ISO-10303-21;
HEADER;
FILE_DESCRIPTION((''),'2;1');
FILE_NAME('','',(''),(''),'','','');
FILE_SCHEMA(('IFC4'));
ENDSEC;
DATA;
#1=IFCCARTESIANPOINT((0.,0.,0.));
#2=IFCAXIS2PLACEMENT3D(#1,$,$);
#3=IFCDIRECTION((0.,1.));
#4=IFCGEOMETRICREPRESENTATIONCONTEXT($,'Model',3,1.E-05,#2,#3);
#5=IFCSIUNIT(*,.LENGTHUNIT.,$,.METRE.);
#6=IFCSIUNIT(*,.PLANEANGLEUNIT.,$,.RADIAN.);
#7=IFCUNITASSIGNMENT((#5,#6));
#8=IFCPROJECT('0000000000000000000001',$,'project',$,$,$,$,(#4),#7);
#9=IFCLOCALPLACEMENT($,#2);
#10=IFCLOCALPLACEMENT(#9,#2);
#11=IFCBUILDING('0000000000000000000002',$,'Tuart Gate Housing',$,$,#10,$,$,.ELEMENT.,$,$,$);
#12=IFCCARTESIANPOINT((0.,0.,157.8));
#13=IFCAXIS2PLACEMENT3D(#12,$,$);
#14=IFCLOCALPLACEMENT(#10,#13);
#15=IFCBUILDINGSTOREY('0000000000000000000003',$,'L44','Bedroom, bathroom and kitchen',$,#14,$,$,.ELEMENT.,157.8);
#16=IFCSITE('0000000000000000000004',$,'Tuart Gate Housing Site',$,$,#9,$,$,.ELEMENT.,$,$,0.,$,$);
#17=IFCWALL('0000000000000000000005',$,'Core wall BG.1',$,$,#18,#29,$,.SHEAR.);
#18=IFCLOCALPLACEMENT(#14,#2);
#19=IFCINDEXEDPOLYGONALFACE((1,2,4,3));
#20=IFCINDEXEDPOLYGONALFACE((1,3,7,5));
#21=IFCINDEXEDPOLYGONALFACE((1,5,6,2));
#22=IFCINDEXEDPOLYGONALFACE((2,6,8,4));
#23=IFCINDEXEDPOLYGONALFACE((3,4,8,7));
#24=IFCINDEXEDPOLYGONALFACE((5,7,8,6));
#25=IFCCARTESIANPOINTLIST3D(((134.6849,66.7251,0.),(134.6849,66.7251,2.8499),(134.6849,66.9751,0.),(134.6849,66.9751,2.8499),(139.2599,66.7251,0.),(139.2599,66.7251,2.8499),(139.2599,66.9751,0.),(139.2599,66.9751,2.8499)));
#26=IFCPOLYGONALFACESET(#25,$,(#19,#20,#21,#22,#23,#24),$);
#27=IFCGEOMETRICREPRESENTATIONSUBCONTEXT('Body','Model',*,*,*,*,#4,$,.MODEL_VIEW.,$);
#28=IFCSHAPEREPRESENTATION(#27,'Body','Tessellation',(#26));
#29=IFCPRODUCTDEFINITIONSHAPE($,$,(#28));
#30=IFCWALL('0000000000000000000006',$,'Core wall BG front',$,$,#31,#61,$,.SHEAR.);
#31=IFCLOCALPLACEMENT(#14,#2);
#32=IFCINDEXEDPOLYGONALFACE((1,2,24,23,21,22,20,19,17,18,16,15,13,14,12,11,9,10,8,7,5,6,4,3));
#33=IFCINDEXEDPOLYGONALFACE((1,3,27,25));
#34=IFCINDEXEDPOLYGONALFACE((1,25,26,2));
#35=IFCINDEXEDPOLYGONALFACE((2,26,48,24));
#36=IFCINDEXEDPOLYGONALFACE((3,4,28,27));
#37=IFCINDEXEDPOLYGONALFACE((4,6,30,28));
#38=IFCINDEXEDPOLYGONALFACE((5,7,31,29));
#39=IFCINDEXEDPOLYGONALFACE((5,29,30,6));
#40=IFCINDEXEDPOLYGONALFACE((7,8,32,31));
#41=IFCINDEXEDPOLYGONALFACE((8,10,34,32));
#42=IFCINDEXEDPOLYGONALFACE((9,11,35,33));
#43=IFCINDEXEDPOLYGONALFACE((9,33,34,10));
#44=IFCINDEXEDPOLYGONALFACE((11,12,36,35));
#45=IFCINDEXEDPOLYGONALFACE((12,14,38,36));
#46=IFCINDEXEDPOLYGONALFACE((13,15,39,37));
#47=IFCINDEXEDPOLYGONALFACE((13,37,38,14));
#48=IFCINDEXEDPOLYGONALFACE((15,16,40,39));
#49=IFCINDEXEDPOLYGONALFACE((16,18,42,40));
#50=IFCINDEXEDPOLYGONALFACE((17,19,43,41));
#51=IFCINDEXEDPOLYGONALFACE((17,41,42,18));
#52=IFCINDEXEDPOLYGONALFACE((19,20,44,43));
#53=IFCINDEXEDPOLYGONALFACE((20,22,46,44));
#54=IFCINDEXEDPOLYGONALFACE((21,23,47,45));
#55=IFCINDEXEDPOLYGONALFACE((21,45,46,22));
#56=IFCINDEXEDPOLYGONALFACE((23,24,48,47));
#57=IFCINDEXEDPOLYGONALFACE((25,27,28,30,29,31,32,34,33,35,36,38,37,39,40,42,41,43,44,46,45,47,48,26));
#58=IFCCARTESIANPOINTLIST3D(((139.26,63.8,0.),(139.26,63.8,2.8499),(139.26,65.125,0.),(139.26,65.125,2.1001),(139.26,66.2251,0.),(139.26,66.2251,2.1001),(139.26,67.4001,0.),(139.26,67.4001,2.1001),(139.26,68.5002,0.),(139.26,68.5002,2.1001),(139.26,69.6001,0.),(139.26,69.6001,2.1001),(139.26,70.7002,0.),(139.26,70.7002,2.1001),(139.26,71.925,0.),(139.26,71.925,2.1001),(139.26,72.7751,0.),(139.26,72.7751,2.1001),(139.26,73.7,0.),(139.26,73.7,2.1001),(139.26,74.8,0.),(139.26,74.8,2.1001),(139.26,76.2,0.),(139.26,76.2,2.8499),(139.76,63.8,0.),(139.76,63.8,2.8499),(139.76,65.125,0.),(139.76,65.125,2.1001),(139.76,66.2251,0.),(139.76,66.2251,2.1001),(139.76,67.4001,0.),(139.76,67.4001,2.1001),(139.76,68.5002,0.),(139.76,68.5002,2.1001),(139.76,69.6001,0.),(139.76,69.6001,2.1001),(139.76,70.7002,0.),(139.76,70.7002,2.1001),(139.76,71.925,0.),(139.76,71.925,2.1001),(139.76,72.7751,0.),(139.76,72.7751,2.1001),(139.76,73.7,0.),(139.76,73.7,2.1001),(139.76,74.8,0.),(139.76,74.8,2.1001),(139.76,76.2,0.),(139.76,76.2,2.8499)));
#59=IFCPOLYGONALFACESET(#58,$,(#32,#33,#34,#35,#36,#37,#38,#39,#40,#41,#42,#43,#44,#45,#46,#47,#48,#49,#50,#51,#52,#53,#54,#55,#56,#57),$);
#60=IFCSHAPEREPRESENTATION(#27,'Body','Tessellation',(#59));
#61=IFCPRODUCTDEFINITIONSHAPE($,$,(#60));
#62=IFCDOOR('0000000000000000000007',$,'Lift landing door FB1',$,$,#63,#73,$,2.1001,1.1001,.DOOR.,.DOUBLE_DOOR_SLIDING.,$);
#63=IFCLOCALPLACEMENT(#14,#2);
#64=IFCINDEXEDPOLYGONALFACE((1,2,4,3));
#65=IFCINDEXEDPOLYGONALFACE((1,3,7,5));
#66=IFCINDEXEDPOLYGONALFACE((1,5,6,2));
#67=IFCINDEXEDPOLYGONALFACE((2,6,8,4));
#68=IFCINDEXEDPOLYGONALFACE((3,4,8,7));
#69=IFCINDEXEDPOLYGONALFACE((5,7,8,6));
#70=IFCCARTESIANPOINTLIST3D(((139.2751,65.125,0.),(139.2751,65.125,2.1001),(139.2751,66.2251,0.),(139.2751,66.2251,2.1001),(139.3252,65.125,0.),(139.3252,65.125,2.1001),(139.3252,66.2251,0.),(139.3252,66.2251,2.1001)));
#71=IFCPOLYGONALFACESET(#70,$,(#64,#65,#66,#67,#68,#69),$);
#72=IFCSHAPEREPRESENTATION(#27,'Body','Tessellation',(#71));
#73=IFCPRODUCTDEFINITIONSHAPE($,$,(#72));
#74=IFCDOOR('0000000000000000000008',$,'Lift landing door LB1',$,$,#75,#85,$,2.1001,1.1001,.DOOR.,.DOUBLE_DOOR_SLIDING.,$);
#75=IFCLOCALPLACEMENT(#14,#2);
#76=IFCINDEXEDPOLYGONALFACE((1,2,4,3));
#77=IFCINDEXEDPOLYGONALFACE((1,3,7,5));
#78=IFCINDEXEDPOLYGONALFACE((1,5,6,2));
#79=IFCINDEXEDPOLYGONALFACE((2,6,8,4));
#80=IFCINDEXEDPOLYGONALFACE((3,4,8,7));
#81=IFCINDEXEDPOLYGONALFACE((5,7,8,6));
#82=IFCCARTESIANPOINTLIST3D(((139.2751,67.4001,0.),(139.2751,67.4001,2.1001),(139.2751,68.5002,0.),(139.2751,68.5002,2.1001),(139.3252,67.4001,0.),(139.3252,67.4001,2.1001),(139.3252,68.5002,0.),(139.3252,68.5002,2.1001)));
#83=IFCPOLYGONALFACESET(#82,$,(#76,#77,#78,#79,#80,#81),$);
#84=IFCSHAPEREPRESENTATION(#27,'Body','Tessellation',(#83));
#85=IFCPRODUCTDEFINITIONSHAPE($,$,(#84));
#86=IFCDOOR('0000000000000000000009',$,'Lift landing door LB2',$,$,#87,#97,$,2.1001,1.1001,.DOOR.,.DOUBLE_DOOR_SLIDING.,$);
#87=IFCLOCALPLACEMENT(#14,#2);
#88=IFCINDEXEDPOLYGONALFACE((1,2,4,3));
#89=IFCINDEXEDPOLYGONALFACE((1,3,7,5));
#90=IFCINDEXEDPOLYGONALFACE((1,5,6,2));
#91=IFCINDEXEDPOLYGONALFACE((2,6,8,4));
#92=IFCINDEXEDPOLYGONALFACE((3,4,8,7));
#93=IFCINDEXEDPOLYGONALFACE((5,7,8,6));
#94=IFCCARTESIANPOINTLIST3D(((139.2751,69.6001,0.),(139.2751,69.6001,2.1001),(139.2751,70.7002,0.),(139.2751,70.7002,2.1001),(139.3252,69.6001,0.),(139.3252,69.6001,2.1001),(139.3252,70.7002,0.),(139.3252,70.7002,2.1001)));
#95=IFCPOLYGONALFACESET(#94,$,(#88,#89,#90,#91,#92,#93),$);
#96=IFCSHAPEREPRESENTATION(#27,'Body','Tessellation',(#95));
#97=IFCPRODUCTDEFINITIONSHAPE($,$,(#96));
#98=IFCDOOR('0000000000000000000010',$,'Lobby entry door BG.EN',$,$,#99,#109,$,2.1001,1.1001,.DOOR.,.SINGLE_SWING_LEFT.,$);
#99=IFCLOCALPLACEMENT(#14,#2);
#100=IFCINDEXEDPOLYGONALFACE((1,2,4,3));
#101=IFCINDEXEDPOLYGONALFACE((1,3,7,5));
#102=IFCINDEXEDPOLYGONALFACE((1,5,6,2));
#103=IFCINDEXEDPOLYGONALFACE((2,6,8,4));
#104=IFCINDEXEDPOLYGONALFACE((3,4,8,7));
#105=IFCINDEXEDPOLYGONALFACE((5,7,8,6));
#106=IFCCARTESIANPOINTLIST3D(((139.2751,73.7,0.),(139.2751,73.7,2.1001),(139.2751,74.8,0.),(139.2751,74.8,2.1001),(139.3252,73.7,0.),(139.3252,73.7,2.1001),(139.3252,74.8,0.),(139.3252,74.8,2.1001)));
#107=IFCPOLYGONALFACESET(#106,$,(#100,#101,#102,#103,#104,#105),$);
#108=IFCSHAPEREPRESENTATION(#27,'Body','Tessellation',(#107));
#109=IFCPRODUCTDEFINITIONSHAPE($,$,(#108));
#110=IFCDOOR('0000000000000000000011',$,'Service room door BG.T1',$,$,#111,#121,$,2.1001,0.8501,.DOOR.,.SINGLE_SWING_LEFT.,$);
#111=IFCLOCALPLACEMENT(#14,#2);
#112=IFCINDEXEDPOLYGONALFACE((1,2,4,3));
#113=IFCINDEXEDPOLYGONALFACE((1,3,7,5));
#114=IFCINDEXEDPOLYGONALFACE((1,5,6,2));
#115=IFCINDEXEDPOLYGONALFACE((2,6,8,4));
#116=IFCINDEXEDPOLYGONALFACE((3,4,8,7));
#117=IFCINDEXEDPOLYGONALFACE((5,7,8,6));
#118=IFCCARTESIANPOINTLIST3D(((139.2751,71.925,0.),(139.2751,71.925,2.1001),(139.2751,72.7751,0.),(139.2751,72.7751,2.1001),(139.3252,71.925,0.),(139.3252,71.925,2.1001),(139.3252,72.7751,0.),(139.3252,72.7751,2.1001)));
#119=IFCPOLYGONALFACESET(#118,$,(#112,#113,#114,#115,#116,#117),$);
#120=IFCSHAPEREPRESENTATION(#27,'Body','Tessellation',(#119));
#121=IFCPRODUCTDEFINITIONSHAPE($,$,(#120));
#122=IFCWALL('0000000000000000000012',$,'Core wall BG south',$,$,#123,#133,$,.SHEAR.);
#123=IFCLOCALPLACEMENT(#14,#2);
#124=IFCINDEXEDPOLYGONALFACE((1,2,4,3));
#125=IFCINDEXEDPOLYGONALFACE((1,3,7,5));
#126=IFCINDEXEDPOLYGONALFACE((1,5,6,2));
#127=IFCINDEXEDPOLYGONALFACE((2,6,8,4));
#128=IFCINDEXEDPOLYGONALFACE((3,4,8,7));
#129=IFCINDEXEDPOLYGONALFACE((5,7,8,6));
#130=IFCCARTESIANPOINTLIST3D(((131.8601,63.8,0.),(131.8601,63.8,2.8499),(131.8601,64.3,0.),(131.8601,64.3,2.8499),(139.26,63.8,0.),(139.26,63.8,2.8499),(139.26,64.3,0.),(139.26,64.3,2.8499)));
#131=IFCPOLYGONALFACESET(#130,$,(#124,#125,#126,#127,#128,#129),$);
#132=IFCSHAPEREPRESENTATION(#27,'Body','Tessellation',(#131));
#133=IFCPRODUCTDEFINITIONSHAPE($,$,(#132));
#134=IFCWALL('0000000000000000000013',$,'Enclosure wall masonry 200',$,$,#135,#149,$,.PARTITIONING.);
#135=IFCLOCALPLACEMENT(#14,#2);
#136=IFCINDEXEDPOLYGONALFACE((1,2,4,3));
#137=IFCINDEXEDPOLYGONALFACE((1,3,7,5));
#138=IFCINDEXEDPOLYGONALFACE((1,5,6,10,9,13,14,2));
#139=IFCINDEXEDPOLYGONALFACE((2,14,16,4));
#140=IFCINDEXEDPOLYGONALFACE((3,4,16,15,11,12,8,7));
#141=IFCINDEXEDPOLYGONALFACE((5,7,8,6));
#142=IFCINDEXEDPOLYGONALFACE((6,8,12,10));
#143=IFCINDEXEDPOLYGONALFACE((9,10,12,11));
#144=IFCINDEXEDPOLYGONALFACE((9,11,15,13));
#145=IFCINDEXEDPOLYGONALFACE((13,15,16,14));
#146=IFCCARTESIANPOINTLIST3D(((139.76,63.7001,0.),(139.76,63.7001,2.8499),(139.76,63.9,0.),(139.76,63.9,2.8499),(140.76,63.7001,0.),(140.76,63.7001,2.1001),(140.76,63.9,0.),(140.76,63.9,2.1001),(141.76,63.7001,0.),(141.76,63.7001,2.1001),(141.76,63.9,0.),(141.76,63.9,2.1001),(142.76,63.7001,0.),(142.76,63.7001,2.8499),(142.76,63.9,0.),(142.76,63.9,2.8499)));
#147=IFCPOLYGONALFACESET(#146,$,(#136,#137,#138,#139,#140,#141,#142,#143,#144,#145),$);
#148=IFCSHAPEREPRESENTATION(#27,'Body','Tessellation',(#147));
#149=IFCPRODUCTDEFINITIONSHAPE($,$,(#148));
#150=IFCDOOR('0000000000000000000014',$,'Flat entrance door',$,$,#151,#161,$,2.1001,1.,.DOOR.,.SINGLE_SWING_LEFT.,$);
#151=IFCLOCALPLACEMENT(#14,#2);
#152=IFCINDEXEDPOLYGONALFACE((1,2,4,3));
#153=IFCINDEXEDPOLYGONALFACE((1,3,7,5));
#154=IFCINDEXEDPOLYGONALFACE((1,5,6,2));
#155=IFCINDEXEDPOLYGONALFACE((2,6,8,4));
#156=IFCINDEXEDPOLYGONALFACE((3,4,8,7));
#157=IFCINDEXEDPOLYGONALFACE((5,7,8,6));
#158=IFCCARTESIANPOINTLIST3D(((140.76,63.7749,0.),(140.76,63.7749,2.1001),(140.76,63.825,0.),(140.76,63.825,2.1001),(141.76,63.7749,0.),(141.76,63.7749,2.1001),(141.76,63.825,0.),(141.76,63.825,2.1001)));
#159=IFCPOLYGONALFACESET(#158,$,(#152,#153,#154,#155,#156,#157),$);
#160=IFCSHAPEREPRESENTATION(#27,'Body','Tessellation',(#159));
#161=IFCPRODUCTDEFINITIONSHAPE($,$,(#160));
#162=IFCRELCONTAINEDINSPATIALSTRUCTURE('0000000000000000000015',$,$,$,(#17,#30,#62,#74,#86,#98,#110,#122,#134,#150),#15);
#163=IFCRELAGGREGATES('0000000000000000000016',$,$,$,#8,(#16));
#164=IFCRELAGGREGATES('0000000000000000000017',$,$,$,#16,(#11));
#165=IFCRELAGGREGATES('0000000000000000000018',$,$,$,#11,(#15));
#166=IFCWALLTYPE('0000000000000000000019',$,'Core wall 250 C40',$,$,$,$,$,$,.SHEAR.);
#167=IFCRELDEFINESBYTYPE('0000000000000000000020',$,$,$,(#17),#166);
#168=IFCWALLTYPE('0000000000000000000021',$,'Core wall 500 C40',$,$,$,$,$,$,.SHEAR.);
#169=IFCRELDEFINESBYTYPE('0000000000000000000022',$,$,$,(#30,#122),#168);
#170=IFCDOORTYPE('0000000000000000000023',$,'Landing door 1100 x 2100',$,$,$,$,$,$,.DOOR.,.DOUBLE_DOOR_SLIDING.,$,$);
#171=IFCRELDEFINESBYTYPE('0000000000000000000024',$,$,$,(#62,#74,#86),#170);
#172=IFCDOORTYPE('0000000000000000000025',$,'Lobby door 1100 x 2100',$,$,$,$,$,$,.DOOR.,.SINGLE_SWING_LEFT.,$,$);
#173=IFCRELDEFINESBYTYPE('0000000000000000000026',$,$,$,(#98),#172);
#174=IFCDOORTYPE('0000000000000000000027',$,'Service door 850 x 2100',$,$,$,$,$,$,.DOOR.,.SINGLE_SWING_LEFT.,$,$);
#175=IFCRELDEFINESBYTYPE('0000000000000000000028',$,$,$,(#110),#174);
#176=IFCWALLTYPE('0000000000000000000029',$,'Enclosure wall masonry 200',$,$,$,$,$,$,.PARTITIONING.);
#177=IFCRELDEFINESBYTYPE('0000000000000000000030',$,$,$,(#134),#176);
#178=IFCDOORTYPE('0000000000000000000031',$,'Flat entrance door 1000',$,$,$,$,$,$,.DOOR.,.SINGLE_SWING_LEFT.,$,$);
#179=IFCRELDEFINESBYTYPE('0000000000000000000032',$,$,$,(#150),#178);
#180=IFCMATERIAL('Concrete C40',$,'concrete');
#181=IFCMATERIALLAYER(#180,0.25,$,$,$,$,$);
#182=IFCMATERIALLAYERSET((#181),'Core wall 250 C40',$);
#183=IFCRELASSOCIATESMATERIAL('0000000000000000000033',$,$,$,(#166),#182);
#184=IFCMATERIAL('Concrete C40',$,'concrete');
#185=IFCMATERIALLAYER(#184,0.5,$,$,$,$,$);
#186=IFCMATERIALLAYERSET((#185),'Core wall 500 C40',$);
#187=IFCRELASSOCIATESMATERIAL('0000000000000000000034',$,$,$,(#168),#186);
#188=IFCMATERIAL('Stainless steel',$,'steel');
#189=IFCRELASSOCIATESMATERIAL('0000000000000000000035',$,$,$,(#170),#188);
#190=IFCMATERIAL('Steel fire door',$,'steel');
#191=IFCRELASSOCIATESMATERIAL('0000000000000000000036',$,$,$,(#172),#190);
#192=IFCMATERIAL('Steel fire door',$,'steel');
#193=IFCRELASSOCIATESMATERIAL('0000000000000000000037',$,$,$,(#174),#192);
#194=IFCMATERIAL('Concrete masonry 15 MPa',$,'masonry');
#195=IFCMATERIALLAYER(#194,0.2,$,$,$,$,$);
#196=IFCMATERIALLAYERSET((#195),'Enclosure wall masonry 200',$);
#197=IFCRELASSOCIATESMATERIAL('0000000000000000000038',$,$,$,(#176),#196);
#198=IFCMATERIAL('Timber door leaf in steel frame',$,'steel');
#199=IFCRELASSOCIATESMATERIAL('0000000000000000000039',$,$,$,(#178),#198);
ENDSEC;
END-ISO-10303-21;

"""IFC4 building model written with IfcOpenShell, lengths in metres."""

from ifc_helpers import new_model, si_unit, direction, frame, frame_2d, origin, place, context, subcontext, project, spatial, rectangle, extrude, material, layer, layer_set, type_object, element, fill, save


model = new_model("IFC4")

# Units and contexts
model_context = context("Model", 3, precision=1e-05, world=origin(), true_north=direction((0.0, 1.0)))
body_context = subcontext(model_context, "Body", "Model", "MODEL_VIEW")
ifc_project = project(units=[si_unit("LENGTHUNIT", "METRE"), si_unit("PLANEANGLEUNIT", "RADIAN")], contexts=[model_context])

# Site, building, storey
site_placement = place(None, origin())
site = spatial("IfcSite", under=ifc_project, at=site_placement, Name="Tuart Gate Housing Site", CompositionType="ELEMENT", RefElevation=0.0)
building_placement = place(site_placement, origin())
building = spatial("IfcBuilding", under=site, at=building_placement, Name="Tuart Gate Housing", CompositionType="ELEMENT")
storey_placement = place(building_placement, frame((0.0, 0.0, 157.8)))
storey = spatial("IfcBuildingStorey", under=building, at=storey_placement, Name="L44", Description="Bedroom, bathroom and kitchen", CompositionType="ELEMENT", Elevation=157.8)

# Wall
ifc_material_1 = material(Name="Concrete C40", Category="concrete")
ifc_layer_1 = layer(ifc_material_1, 0.25)
ifc_layer_set_1 = layer_set([ifc_layer_1], Name="Core wall 250 C40")
wall_type_1 = type_object("IfcWallType", Name="Core wall 250 C40", PredefinedType="SHEAR", material=ifc_layer_set_1)
wall_1_placement = place(storey_placement, frame((139.26, 66.8501, 0.0), z_axis=(0.0, 0.0, 1.0), x_axis=(-1.0, 0.0, 0.0)))
element("IfcWall", 1, at=wall_1_placement, inside=storey, type_object=wall_type_1, Name="Core wall BG.1", PredefinedType="SHEAR", context=body_context, shape_type="SweptSolid", body=[
    extrude(rectangle(XDim=4.575, YDim=0.25, at=frame_2d((2.2876, 0.0))), origin(), (0.0, 0.0, 1.0), 2.8499),
])

# Wall, openings, doors
ifc_material_2 = material(Name="Concrete C40", Category="concrete")
ifc_layer_2 = layer(ifc_material_2, 0.5)
ifc_layer_set_2 = layer_set([ifc_layer_2], Name="Core wall 500 C40")
wall_type_2 = type_object("IfcWallType", Name="Core wall 500 C40", PredefinedType="SHEAR", material=ifc_layer_set_2)
wall_2_placement = place(storey_placement, frame((139.51, 63.8, 0.0), z_axis=(0.0, 0.0, 1.0), x_axis=(0.0, 1.0, 0.0)))
wall_2 = element("IfcWall", 2, at=wall_2_placement, inside=storey, type_object=wall_type_2, Name="Core wall BG front", PredefinedType="SHEAR", context=body_context, shape_type="SweptSolid", body=[
    extrude(rectangle(XDim=12.3999, YDim=0.5, at=frame_2d((6.2, 0.0))), origin(), (0.0, 0.0, 1.0), 2.8499),
])
opening_1_placement = place(wall_2_placement, frame((1.325, 0.0, 0.0)))
opening_1 = element("IfcOpeningElement", 3, at=opening_1_placement, cuts=wall_2, PredefinedType="OPENING", context=body_context, shape_type="SweptSolid", body=[
    extrude(rectangle(XDim=1.1001, YDim=2.1001, at=frame_2d((0.55, 1.05))), frame((0.0, 0.26, 0.0), z_axis=(0.0, -1.0, 0.0), x_axis=(1.0, 0.0, 0.0)), (0.0, 0.0, 1.0), 0.52),
])
opening_2_placement = place(wall_2_placement, frame((3.6001, 0.0, 0.0)))
opening_2 = element("IfcOpeningElement", 4, at=opening_2_placement, cuts=wall_2, PredefinedType="OPENING", context=body_context, shape_type="SweptSolid", body=[
    extrude(rectangle(XDim=1.1001, YDim=2.1001, at=frame_2d((0.55, 1.05))), frame((0.0, 0.26, 0.0), z_axis=(0.0, -1.0, 0.0), x_axis=(1.0, 0.0, 0.0)), (0.0, 0.0, 1.0), 0.52),
])
opening_3_placement = place(wall_2_placement, frame((5.8, 0.0, 0.0)))
opening_3 = element("IfcOpeningElement", 5, at=opening_3_placement, cuts=wall_2, PredefinedType="OPENING", context=body_context, shape_type="SweptSolid", body=[
    extrude(rectangle(XDim=1.1001, YDim=2.1001, at=frame_2d((0.55, 1.05))), frame((0.0, 0.26, 0.0), z_axis=(0.0, -1.0, 0.0), x_axis=(1.0, 0.0, 0.0)), (0.0, 0.0, 1.0), 0.52),
])
opening_4_placement = place(wall_2_placement, frame((9.8999, 0.0, 0.0)))
opening_4 = element("IfcOpeningElement", 6, at=opening_4_placement, cuts=wall_2, PredefinedType="OPENING", context=body_context, shape_type="SweptSolid", body=[
    extrude(rectangle(XDim=1.1001, YDim=2.1001, at=frame_2d((0.55, 1.05))), frame((0.0, 0.26, 0.0), z_axis=(0.0, -1.0, 0.0), x_axis=(1.0, 0.0, 0.0)), (0.0, 0.0, 1.0), 0.52),
])
opening_5_placement = place(wall_2_placement, frame((8.125, 0.0, 0.0)))
opening_5 = element("IfcOpeningElement", 7, at=opening_5_placement, cuts=wall_2, PredefinedType="OPENING", context=body_context, shape_type="SweptSolid", body=[
    extrude(rectangle(XDim=0.8501, YDim=2.1001, at=frame_2d((0.425, 1.05))), frame((0.0, 0.26, 0.0), z_axis=(0.0, -1.0, 0.0), x_axis=(1.0, 0.0, 0.0)), (0.0, 0.0, 1.0), 0.52),
])
ifc_material_3 = material(Name="Stainless steel", Category="steel")
door_type_1 = type_object("IfcDoorType", Name="Landing door 1100 x 2100", OperationType="DOUBLE_DOOR_SLIDING", PredefinedType="DOOR", material=ifc_material_3)
door_1_placement = place(opening_1_placement, origin())
door_1 = element("IfcDoor", 8, at=door_1_placement, inside=storey, type_object=door_type_1, Name="Lift landing door FB1", OperationType="DOUBLE_DOOR_SLIDING", OverallHeight=2.1001, OverallWidth=1.1001, PredefinedType="DOOR", context=body_context, shape_type="SweptSolid", body=[
    extrude(rectangle(XDim=1.1001, YDim=2.1001, at=frame_2d((0.55, 1.05))), frame((0.0, 0.2349, 0.0), z_axis=(0.0, -1.0, 0.0), x_axis=(1.0, 0.0, 0.0)), (0.0, 0.0, 1.0), 0.05),
])
fill(opening_1, door_1)
door_2_placement = place(opening_2_placement, origin())
door_2 = element("IfcDoor", 9, at=door_2_placement, inside=storey, type_object=door_type_1, Name="Lift landing door LB1", OperationType="DOUBLE_DOOR_SLIDING", OverallHeight=2.1001, OverallWidth=1.1001, PredefinedType="DOOR", context=body_context, shape_type="SweptSolid", body=[
    extrude(rectangle(XDim=1.1001, YDim=2.1001, at=frame_2d((0.55, 1.05))), frame((0.0, 0.2349, 0.0), z_axis=(0.0, -1.0, 0.0), x_axis=(1.0, 0.0, 0.0)), (0.0, 0.0, 1.0), 0.05),
])
fill(opening_2, door_2)
door_3_placement = place(opening_3_placement, origin())
door_3 = element("IfcDoor", 10, at=door_3_placement, inside=storey, type_object=door_type_1, Name="Lift landing door LB2", OperationType="DOUBLE_DOOR_SLIDING", OverallHeight=2.1001, OverallWidth=1.1001, PredefinedType="DOOR", context=body_context, shape_type="SweptSolid", body=[
    extrude(rectangle(XDim=1.1001, YDim=2.1001, at=frame_2d((0.55, 1.05))), frame((0.0, 0.2349, 0.0), z_axis=(0.0, -1.0, 0.0), x_axis=(1.0, 0.0, 0.0)), (0.0, 0.0, 1.0), 0.05),
])
fill(opening_3, door_3)
ifc_material_4 = material(Name="Steel fire door", Category="steel")
door_type_2 = type_object("IfcDoorType", Name="Lobby door 1100 x 2100", OperationType="SINGLE_SWING_LEFT", PredefinedType="DOOR", material=ifc_material_4)
door_4_placement = place(opening_4_placement, origin())
door_4 = element("IfcDoor", 11, at=door_4_placement, inside=storey, type_object=door_type_2, Name="Lobby entry door BG.EN", OperationType="SINGLE_SWING_LEFT", OverallHeight=2.1001, OverallWidth=1.1001, PredefinedType="DOOR", context=body_context, shape_type="SweptSolid", body=[
    extrude(rectangle(XDim=1.1001, YDim=2.1001, at=frame_2d((0.55, 1.05))), frame((0.0, 0.2349, 0.0), z_axis=(0.0, -1.0, 0.0), x_axis=(1.0, 0.0, 0.0)), (0.0, 0.0, 1.0), 0.05),
])
fill(opening_4, door_4)
ifc_material_5 = material(Name="Steel fire door", Category="steel")
door_type_3 = type_object("IfcDoorType", Name="Service door 850 x 2100", OperationType="SINGLE_SWING_LEFT", PredefinedType="DOOR", material=ifc_material_5)
door_5_placement = place(opening_5_placement, origin())
door_5 = element("IfcDoor", 12, at=door_5_placement, inside=storey, type_object=door_type_3, Name="Service room door BG.T1", OperationType="SINGLE_SWING_LEFT", OverallHeight=2.1001, OverallWidth=0.8501, PredefinedType="DOOR", context=body_context, shape_type="SweptSolid", body=[
    extrude(rectangle(XDim=0.8501, YDim=2.1001, at=frame_2d((0.425, 1.05))), frame((0.0, 0.2349, 0.0), z_axis=(0.0, -1.0, 0.0), x_axis=(1.0, 0.0, 0.0)), (0.0, 0.0, 1.0), 0.05),
])
fill(opening_5, door_5)

# Wall
wall_3_placement = place(storey_placement, frame((139.26, 64.05, 0.0), z_axis=(0.0, 0.0, 1.0), x_axis=(-1.0, 0.0, 0.0)))
element("IfcWall", 13, at=wall_3_placement, inside=storey, type_object=wall_type_2, Name="Core wall BG south", PredefinedType="SHEAR", context=body_context, shape_type="SweptSolid", body=[
    extrude(rectangle(XDim=7.3999, YDim=0.5, at=frame_2d((3.7, 0.0))), origin(), (0.0, 0.0, 1.0), 2.8499),
])

# Wall, opening, door
ifc_material_6 = material(Name="Concrete masonry 15 MPa", Category="masonry")
ifc_layer_3 = layer(ifc_material_6, 0.2)
ifc_layer_set_3 = layer_set([ifc_layer_3], Name="Enclosure wall masonry 200")
wall_type_3 = type_object("IfcWallType", Name="Enclosure wall masonry 200", PredefinedType="PARTITIONING", material=ifc_layer_set_3)
wall_4_placement = place(storey_placement, frame((139.76, 63.8, 0.0), z_axis=(0.0, 0.0, 1.0), x_axis=(1.0, 0.0, 0.0)))
wall_4 = element("IfcWall", 14, at=wall_4_placement, inside=storey, type_object=wall_type_3, Name="Enclosure wall masonry 200", PredefinedType="PARTITIONING", context=body_context, shape_type="SweptSolid", body=[
    extrude(rectangle(XDim=3.0, YDim=0.2, at=frame_2d((1.5, 0.0))), origin(), (0.0, 0.0, 1.0), 2.8499),
])
opening_6_placement = place(wall_4_placement, frame((1.0, 0.0, 0.0)))
opening_6 = element("IfcOpeningElement", 15, at=opening_6_placement, cuts=wall_4, PredefinedType="OPENING", context=body_context, shape_type="SweptSolid", body=[
    extrude(rectangle(XDim=1.0, YDim=2.1001, at=frame_2d((0.5, 1.05))), frame((0.0, 0.1099, 0.0), z_axis=(0.0, -1.0, 0.0), x_axis=(1.0, 0.0, 0.0)), (0.0, 0.0, 1.0), 0.22),
])
ifc_material_7 = material(Name="Timber door leaf in steel frame", Category="steel")
door_type_4 = type_object("IfcDoorType", Name="Flat entrance door 1000", OperationType="SINGLE_SWING_LEFT", PredefinedType="DOOR", material=ifc_material_7)
door_6_placement = place(opening_6_placement, frame((1.0, 0.0, 0.0), z_axis=(0.0, 0.0, 1.0), x_axis=(-1.0, 0.0, 0.0)))
door_6 = element("IfcDoor", 16, at=door_6_placement, inside=storey, type_object=door_type_4, Name="Flat entrance door", OperationType="SINGLE_SWING_LEFT", OverallHeight=2.1001, OverallWidth=1.0, PredefinedType="DOOR", context=body_context, shape_type="SweptSolid", body=[
    extrude(rectangle(XDim=1.0, YDim=2.1001, at=frame_2d((0.5, 1.05))), frame((0.0, 0.0251, 0.0), z_axis=(0.0, -1.0, 0.0), x_axis=(1.0, 0.0, 0.0)), (0.0, 0.0, 1.0), 0.05),
])
fill(opening_6, door_6)

save(model, "model.ifc")
